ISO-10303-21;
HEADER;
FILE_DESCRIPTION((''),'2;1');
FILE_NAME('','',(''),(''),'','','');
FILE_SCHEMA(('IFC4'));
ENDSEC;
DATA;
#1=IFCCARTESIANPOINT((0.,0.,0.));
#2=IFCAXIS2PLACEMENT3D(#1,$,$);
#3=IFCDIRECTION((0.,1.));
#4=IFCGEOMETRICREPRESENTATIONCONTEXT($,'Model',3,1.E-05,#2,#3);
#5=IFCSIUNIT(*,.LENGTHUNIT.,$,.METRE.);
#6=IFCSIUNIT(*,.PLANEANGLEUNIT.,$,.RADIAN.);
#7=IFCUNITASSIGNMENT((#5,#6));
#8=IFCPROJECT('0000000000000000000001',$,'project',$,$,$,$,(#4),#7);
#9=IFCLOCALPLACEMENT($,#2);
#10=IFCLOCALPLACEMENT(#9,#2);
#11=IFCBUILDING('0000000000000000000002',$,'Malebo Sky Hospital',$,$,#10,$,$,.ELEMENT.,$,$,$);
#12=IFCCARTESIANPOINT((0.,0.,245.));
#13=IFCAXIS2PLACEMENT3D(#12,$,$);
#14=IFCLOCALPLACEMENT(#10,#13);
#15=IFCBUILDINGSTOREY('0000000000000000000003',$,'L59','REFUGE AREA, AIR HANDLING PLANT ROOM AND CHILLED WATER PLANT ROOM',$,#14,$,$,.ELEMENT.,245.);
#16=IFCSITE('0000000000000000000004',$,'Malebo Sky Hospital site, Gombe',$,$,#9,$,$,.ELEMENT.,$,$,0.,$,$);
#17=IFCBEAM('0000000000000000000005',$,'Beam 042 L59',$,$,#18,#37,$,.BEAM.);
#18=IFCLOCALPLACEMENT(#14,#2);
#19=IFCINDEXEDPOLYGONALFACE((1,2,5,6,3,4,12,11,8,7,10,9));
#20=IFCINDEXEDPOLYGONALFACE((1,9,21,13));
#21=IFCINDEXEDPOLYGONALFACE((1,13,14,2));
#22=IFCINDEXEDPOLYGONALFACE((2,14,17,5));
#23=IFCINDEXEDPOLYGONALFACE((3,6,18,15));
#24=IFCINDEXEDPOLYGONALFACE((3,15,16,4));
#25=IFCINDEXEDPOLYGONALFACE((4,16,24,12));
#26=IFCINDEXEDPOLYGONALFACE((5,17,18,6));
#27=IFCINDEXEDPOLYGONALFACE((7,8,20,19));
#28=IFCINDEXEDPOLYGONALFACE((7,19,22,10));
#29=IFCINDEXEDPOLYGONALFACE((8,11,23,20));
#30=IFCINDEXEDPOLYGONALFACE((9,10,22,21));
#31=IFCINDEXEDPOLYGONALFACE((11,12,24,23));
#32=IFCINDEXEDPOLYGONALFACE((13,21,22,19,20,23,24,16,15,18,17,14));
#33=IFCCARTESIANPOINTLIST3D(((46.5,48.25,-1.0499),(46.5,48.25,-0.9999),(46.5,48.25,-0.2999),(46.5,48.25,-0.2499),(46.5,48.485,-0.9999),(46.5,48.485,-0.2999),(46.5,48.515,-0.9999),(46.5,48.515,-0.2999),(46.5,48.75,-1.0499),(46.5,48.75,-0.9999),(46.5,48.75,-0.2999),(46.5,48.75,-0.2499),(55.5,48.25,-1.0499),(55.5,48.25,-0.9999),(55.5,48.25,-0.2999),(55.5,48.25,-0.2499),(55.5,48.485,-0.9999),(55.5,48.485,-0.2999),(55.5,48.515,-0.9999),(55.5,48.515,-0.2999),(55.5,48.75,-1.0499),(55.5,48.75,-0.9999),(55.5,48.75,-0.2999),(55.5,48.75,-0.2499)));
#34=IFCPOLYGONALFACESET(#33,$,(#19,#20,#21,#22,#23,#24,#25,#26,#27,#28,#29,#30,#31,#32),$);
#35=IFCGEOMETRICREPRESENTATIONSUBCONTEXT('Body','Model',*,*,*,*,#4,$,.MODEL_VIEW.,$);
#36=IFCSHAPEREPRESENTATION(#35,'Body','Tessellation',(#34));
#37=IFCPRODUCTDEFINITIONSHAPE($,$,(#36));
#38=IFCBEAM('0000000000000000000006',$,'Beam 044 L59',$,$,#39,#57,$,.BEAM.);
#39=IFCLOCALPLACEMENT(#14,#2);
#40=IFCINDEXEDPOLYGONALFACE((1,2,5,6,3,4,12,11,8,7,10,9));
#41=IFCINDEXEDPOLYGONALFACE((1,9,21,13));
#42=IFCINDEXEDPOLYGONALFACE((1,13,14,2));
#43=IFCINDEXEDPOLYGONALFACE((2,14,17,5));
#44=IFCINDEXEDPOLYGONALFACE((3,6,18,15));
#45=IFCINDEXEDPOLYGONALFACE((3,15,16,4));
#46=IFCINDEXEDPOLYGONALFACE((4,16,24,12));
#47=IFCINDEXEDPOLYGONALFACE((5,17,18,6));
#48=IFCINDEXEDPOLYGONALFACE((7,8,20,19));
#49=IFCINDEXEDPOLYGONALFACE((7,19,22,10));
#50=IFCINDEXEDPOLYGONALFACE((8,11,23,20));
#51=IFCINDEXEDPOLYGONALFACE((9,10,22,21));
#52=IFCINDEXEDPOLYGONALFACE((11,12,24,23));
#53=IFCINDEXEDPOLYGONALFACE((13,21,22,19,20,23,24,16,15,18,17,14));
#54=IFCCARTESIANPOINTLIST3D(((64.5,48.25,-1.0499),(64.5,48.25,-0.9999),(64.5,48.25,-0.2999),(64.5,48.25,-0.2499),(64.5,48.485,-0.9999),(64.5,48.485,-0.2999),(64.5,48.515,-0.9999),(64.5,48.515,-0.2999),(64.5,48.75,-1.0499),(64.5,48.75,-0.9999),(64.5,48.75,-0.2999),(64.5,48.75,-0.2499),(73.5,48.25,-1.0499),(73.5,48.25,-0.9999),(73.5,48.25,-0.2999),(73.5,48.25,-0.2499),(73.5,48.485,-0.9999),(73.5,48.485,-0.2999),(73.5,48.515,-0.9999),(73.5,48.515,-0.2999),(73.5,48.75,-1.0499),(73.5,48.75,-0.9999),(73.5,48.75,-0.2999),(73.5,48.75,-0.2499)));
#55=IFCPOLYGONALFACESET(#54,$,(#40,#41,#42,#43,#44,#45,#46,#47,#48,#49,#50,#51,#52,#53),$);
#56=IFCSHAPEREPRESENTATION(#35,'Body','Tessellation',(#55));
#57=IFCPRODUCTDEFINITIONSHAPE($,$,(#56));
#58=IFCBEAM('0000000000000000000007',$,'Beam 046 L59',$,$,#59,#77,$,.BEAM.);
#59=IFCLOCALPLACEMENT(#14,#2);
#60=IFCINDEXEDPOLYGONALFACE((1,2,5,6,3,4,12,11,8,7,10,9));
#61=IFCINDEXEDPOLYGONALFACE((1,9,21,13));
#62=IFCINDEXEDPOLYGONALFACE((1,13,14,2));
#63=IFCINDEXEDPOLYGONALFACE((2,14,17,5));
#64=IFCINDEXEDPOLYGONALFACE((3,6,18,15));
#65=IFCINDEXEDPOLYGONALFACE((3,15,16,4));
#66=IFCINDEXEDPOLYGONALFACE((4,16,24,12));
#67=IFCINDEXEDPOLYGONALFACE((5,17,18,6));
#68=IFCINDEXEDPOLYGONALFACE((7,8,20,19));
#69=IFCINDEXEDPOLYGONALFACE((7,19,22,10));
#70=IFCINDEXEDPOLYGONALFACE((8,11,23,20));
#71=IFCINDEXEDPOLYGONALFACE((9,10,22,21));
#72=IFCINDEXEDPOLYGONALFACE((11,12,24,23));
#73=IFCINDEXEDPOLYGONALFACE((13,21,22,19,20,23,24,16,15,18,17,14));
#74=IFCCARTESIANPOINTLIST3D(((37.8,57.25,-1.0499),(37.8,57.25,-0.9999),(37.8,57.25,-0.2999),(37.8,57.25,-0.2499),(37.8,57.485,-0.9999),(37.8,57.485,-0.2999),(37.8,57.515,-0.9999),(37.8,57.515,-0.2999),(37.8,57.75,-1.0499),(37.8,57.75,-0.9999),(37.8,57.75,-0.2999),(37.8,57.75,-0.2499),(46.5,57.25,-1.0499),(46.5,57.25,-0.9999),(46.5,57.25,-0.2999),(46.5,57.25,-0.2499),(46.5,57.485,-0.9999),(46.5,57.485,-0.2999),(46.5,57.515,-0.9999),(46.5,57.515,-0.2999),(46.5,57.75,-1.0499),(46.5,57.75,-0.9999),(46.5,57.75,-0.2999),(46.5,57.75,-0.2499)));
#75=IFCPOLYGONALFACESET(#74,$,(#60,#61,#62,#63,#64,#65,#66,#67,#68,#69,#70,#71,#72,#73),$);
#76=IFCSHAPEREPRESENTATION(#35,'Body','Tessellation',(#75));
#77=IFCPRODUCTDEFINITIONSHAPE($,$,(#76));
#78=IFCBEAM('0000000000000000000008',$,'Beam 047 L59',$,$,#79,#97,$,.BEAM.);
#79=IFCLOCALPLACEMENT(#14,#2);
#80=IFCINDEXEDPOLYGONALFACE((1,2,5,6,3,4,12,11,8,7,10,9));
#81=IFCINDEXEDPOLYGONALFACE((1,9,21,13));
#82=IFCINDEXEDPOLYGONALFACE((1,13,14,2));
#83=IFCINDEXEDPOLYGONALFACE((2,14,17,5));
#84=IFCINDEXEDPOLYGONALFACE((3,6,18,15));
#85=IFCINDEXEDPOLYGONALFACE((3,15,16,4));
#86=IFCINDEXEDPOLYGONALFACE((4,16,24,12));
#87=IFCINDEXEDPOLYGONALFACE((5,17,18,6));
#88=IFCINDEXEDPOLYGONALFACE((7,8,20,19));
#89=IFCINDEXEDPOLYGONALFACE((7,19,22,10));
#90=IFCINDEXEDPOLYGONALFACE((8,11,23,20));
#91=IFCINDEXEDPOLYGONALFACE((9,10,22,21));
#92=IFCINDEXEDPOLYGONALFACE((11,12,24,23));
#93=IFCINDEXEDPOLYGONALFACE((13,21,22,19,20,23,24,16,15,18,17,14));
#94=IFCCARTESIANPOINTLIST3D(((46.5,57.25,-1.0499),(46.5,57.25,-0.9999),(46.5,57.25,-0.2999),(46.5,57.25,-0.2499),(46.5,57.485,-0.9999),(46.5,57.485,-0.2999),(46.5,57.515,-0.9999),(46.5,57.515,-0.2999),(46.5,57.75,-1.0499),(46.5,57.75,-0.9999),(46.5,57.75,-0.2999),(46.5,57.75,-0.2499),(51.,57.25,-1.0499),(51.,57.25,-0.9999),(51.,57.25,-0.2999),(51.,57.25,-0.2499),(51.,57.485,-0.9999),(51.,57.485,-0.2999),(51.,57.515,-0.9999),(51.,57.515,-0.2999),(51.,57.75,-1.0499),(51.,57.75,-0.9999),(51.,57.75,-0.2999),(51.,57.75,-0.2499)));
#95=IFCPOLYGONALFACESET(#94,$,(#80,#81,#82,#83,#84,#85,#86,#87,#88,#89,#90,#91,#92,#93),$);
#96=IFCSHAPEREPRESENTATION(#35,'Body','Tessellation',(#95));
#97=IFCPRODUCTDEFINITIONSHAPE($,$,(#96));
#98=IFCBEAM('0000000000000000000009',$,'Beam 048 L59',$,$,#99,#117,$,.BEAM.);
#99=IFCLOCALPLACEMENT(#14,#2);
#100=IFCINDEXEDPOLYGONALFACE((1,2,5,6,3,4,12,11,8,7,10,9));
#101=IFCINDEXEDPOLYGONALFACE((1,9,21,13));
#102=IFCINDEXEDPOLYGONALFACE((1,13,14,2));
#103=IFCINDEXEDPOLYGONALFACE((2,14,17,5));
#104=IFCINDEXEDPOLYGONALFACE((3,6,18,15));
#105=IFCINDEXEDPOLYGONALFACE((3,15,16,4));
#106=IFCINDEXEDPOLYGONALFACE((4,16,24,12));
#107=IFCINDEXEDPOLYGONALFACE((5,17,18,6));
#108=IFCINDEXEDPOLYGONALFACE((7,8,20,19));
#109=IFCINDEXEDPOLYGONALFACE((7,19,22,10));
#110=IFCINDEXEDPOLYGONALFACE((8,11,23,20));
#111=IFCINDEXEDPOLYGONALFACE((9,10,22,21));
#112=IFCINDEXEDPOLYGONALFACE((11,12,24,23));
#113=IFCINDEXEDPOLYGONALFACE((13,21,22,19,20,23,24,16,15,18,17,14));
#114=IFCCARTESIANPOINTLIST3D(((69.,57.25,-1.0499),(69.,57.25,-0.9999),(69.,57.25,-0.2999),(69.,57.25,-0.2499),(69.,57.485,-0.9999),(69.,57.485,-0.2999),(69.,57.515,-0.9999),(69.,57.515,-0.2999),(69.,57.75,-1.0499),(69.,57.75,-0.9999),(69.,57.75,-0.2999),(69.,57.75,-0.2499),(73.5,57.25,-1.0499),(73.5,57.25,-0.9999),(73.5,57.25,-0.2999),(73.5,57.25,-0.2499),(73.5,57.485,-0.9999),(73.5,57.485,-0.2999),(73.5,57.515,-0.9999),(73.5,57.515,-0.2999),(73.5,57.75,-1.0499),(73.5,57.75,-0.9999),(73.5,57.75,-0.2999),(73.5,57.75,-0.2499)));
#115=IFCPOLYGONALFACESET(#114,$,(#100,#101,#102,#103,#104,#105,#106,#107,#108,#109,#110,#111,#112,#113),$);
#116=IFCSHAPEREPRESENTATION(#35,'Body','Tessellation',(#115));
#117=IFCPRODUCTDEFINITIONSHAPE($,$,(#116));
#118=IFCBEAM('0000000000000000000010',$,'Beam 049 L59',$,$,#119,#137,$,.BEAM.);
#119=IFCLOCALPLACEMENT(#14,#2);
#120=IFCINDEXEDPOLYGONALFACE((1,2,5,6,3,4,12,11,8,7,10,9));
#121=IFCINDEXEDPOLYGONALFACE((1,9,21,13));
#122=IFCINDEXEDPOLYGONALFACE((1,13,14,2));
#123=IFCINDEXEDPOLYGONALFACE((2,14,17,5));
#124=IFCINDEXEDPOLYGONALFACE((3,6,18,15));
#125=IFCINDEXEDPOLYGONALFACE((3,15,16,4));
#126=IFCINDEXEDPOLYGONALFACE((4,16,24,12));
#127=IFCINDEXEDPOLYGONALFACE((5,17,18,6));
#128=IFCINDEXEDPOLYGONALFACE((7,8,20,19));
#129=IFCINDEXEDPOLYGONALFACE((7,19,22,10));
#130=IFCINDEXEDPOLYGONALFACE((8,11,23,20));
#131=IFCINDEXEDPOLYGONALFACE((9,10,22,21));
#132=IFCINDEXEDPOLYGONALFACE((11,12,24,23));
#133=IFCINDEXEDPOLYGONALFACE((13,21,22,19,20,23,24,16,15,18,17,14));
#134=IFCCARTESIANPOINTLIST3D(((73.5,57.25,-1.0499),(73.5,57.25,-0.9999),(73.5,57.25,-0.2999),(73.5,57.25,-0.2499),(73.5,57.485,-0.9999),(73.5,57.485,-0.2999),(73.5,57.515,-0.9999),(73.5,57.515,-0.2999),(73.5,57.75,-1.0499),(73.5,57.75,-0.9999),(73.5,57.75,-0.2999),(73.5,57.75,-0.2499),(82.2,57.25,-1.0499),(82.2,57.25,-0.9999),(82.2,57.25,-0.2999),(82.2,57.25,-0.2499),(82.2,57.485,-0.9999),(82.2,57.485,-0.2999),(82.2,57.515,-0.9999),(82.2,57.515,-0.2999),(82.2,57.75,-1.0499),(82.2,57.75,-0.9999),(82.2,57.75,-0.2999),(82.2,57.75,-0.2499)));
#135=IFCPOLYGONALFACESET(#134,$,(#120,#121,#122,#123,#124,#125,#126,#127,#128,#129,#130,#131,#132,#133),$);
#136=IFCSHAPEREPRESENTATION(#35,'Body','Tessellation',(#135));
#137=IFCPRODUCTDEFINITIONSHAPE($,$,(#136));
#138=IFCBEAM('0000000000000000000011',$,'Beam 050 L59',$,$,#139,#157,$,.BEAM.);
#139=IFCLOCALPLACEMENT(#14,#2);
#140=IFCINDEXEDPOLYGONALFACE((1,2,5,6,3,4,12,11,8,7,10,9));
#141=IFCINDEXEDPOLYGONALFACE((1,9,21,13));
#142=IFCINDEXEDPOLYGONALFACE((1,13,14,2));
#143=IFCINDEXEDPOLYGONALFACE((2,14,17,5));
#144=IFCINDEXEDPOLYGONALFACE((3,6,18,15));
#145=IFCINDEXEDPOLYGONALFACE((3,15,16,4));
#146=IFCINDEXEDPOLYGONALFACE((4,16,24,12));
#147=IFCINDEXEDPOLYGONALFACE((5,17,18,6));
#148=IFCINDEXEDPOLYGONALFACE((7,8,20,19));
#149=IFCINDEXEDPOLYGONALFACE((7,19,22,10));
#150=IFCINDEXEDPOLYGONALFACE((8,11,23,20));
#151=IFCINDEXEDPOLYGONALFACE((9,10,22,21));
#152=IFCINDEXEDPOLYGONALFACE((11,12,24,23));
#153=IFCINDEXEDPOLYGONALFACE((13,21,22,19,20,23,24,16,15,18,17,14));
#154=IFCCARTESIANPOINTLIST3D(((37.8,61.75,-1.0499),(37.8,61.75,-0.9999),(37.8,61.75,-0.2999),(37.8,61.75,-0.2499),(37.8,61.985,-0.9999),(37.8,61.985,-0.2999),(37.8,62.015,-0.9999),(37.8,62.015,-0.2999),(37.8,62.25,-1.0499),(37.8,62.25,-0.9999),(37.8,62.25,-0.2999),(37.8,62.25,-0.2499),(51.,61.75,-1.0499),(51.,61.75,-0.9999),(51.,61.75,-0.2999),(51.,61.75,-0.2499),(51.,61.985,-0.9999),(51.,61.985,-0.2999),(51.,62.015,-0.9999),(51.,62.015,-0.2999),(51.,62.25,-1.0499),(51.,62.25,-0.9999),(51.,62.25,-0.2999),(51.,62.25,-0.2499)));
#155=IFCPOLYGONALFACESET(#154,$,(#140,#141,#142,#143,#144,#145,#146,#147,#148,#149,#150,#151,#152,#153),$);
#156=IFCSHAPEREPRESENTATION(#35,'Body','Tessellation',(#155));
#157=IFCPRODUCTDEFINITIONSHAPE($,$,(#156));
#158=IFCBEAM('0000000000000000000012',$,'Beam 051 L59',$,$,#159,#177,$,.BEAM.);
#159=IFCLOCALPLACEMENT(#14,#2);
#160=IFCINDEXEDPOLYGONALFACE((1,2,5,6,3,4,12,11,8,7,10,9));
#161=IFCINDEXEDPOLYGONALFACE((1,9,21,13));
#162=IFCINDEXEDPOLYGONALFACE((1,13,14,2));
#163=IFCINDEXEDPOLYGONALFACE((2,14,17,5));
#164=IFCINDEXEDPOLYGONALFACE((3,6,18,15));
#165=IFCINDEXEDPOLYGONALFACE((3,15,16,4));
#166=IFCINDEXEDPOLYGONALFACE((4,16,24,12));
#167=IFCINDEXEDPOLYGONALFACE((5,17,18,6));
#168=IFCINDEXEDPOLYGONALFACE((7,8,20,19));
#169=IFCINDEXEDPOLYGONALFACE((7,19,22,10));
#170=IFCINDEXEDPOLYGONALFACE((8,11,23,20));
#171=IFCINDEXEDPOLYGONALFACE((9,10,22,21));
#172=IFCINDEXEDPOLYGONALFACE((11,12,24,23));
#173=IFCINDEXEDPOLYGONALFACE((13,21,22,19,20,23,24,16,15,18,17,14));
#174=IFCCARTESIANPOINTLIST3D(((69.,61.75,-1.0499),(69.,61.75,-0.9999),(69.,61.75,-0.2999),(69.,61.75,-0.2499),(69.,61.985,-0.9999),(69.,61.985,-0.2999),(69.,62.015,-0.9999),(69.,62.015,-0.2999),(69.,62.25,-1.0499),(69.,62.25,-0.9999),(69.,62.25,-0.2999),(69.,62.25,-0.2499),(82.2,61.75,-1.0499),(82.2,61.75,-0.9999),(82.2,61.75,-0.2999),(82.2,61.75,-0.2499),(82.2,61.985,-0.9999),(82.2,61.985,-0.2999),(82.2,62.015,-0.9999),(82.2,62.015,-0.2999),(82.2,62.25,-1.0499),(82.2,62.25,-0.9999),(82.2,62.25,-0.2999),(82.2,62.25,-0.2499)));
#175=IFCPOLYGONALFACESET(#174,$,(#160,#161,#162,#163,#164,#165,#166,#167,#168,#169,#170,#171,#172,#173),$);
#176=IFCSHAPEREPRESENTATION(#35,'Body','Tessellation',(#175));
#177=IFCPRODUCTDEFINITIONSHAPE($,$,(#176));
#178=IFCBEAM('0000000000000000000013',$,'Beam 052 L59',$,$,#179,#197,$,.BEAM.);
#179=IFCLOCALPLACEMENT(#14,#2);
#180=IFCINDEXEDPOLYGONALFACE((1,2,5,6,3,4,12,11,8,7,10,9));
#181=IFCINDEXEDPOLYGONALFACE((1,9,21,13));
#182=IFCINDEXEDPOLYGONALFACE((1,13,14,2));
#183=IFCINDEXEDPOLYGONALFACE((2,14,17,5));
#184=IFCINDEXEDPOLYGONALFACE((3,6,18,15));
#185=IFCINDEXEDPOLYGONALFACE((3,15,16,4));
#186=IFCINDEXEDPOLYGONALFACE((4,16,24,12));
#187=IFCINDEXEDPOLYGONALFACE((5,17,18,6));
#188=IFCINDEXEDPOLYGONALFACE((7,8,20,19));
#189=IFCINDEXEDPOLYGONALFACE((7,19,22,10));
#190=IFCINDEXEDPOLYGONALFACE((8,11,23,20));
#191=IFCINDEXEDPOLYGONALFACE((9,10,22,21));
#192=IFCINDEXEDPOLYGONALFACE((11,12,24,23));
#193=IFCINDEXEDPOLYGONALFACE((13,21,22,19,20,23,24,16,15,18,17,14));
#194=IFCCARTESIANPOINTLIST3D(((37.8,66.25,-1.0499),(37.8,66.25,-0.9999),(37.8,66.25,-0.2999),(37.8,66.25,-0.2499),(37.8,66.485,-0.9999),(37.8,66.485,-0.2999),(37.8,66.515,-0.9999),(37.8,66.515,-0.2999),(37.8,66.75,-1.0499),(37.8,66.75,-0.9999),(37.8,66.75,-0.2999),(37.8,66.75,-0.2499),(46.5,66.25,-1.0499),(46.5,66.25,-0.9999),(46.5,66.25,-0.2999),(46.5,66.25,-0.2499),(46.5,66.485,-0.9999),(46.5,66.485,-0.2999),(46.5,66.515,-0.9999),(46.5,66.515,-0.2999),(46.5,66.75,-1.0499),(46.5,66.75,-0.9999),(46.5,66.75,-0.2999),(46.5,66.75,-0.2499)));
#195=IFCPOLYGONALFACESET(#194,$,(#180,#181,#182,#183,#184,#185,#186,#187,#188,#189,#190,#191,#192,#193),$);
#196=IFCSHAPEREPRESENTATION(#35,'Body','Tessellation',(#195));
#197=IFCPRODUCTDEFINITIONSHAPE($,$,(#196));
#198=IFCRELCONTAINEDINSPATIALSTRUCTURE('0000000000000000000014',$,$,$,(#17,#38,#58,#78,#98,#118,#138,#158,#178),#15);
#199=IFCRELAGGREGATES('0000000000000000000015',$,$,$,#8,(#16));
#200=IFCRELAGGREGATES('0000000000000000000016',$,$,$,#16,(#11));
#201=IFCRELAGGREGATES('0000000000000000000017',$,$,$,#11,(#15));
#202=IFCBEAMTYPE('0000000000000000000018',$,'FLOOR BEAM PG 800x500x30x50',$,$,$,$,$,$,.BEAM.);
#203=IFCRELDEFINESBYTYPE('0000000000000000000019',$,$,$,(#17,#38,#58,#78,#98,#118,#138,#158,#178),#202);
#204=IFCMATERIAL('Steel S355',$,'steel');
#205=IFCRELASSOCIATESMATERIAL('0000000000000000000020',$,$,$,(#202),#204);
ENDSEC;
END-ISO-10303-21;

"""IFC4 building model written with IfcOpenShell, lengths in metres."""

from ifc_helpers import new_model, si_unit, direction, frame, origin, origin_2d, place, context, subcontext, project, spatial, i_section, extrude, material, material_profile, profile_set, type_object, element, save


model = new_model("IFC4")

# Units and contexts
model_context = context("Model", 3, precision=1e-05, world=origin(), true_north=direction((0.0, 1.0)))
body_context = subcontext(model_context, "Body", "Model", "MODEL_VIEW")
ifc_project = project(units=[si_unit("LENGTHUNIT", "METRE"), si_unit("PLANEANGLEUNIT", "RADIAN")], contexts=[model_context])

# Site, building, storey
site_placement = place(None, origin())
site = spatial("IfcSite", under=ifc_project, at=site_placement, Name="Malebo Sky Hospital site, Gombe", CompositionType="ELEMENT", RefElevation=0.0)
building_placement = place(site_placement, origin())
building = spatial("IfcBuilding", under=site, at=building_placement, Name="Malebo Sky Hospital", CompositionType="ELEMENT")
storey_placement = place(building_placement, frame((0.0, 0.0, 245.0)))
storey = spatial("IfcBuildingStorey", under=building, at=storey_placement, Name="L59", Description="REFUGE AREA, AIR HANDLING PLANT ROOM AND CHILLED WATER PLANT ROOM", CompositionType="ELEMENT", Elevation=245.0)

# Beams
ifc_material = material(Name="Steel S355", Category="steel")
ifc_material_profile_1 = material_profile(ifc_material, i_section(OverallWidth=0.5, OverallDepth=0.8, WebThickness=0.03, FlangeThickness=0.05, at=origin_2d()), Name="PG 800x500x30x50")
ifc_profile_set_1 = profile_set([ifc_material_profile_1], Name="Steel S355")
beam_type_1 = type_object("IfcBeamType", Name="FLOOR BEAM PG 800x500x30x50", PredefinedType="BEAM", material=ifc_profile_set_1)
for number, where, z_axis, x_axis, name in (
    (1, (46.5, 48.5, -0.6499), (1.0, 0.0, 0.0), (0.0, 1.0, 0.0), "Beam 042 L59"),
    (2, (64.5, 48.5, -0.6499), (1.0, 0.0, 0.0), (0.0, 1.0, 0.0), "Beam 044 L59"),
):
    element("IfcBeam", number, at=place(storey_placement, frame(where, z_axis=z_axis, x_axis=x_axis)), inside=storey, type_object=beam_type_1, Name=name, PredefinedType="BEAM", context=body_context, shape_type="SweptSolid", body=[
        extrude(i_section(OverallWidth=0.5, OverallDepth=0.8, WebThickness=0.03, FlangeThickness=0.05, at=origin_2d()), origin(), (0.0, 0.0, 1.0), 9.0),
    ])
beam_1_placement = place(storey_placement, frame((37.8, 57.5, -0.6499), z_axis=(1.0, 0.0, 0.0), x_axis=(0.0, 1.0, 0.0)))
element("IfcBeam", 3, at=beam_1_placement, inside=storey, type_object=beam_type_1, Name="Beam 046 L59", PredefinedType="BEAM", context=body_context, shape_type="SweptSolid", body=[
    extrude(i_section(OverallWidth=0.5, OverallDepth=0.8, WebThickness=0.03, FlangeThickness=0.05, at=origin_2d()), origin(), (0.0, 0.0, 1.0), 8.7),
])
for number, where, z_axis, x_axis, name in (
    (4, (46.5, 57.5, -0.6499), (1.0, 0.0, 0.0), (0.0, 1.0, 0.0), "Beam 047 L59"),
    (5, (69.0, 57.5, -0.6499), (1.0, 0.0, 0.0), (0.0, 1.0, 0.0), "Beam 048 L59"),
):
    element("IfcBeam", number, at=place(storey_placement, frame(where, z_axis=z_axis, x_axis=x_axis)), inside=storey, type_object=beam_type_1, Name=name, PredefinedType="BEAM", context=body_context, shape_type="SweptSolid", body=[
        extrude(i_section(OverallWidth=0.5, OverallDepth=0.8, WebThickness=0.03, FlangeThickness=0.05, at=origin_2d()), origin(), (0.0, 0.0, 1.0), 4.5),
    ])
beam_2_placement = place(storey_placement, frame((73.5, 57.5, -0.6499), z_axis=(1.0, 0.0, 0.0), x_axis=(0.0, 1.0, 0.0)))
element("IfcBeam", 6, at=beam_2_placement, inside=storey, type_object=beam_type_1, Name="Beam 049 L59", PredefinedType="BEAM", context=body_context, shape_type="SweptSolid", body=[
    extrude(i_section(OverallWidth=0.5, OverallDepth=0.8, WebThickness=0.03, FlangeThickness=0.05, at=origin_2d()), origin(), (0.0, 0.0, 1.0), 8.7),
])
for number, where, z_axis, x_axis, name in (
    (7, (37.8, 62.0, -0.6499), (1.0, 0.0, 0.0), (0.0, 1.0, 0.0), "Beam 050 L59"),
    (8, (69.0, 62.0, -0.6499), (1.0, 0.0, 0.0), (0.0, 1.0, 0.0), "Beam 051 L59"),
):
    element("IfcBeam", number, at=place(storey_placement, frame(where, z_axis=z_axis, x_axis=x_axis)), inside=storey, type_object=beam_type_1, Name=name, PredefinedType="BEAM", context=body_context, shape_type="SweptSolid", body=[
        extrude(i_section(OverallWidth=0.5, OverallDepth=0.8, WebThickness=0.03, FlangeThickness=0.05, at=origin_2d()), origin(), (0.0, 0.0, 1.0), 13.2),
    ])
beam_3_placement = place(storey_placement, frame((37.8, 66.5, -0.6499), z_axis=(1.0, 0.0, 0.0), x_axis=(0.0, 1.0, 0.0)))
element("IfcBeam", 9, at=beam_3_placement, inside=storey, type_object=beam_type_1, Name="Beam 052 L59", PredefinedType="BEAM", context=body_context, shape_type="SweptSolid", body=[
    extrude(i_section(OverallWidth=0.5, OverallDepth=0.8, WebThickness=0.03, FlangeThickness=0.05, at=origin_2d()), origin(), (0.0, 0.0, 1.0), 8.7),
])

save(model, "model.ifc")
